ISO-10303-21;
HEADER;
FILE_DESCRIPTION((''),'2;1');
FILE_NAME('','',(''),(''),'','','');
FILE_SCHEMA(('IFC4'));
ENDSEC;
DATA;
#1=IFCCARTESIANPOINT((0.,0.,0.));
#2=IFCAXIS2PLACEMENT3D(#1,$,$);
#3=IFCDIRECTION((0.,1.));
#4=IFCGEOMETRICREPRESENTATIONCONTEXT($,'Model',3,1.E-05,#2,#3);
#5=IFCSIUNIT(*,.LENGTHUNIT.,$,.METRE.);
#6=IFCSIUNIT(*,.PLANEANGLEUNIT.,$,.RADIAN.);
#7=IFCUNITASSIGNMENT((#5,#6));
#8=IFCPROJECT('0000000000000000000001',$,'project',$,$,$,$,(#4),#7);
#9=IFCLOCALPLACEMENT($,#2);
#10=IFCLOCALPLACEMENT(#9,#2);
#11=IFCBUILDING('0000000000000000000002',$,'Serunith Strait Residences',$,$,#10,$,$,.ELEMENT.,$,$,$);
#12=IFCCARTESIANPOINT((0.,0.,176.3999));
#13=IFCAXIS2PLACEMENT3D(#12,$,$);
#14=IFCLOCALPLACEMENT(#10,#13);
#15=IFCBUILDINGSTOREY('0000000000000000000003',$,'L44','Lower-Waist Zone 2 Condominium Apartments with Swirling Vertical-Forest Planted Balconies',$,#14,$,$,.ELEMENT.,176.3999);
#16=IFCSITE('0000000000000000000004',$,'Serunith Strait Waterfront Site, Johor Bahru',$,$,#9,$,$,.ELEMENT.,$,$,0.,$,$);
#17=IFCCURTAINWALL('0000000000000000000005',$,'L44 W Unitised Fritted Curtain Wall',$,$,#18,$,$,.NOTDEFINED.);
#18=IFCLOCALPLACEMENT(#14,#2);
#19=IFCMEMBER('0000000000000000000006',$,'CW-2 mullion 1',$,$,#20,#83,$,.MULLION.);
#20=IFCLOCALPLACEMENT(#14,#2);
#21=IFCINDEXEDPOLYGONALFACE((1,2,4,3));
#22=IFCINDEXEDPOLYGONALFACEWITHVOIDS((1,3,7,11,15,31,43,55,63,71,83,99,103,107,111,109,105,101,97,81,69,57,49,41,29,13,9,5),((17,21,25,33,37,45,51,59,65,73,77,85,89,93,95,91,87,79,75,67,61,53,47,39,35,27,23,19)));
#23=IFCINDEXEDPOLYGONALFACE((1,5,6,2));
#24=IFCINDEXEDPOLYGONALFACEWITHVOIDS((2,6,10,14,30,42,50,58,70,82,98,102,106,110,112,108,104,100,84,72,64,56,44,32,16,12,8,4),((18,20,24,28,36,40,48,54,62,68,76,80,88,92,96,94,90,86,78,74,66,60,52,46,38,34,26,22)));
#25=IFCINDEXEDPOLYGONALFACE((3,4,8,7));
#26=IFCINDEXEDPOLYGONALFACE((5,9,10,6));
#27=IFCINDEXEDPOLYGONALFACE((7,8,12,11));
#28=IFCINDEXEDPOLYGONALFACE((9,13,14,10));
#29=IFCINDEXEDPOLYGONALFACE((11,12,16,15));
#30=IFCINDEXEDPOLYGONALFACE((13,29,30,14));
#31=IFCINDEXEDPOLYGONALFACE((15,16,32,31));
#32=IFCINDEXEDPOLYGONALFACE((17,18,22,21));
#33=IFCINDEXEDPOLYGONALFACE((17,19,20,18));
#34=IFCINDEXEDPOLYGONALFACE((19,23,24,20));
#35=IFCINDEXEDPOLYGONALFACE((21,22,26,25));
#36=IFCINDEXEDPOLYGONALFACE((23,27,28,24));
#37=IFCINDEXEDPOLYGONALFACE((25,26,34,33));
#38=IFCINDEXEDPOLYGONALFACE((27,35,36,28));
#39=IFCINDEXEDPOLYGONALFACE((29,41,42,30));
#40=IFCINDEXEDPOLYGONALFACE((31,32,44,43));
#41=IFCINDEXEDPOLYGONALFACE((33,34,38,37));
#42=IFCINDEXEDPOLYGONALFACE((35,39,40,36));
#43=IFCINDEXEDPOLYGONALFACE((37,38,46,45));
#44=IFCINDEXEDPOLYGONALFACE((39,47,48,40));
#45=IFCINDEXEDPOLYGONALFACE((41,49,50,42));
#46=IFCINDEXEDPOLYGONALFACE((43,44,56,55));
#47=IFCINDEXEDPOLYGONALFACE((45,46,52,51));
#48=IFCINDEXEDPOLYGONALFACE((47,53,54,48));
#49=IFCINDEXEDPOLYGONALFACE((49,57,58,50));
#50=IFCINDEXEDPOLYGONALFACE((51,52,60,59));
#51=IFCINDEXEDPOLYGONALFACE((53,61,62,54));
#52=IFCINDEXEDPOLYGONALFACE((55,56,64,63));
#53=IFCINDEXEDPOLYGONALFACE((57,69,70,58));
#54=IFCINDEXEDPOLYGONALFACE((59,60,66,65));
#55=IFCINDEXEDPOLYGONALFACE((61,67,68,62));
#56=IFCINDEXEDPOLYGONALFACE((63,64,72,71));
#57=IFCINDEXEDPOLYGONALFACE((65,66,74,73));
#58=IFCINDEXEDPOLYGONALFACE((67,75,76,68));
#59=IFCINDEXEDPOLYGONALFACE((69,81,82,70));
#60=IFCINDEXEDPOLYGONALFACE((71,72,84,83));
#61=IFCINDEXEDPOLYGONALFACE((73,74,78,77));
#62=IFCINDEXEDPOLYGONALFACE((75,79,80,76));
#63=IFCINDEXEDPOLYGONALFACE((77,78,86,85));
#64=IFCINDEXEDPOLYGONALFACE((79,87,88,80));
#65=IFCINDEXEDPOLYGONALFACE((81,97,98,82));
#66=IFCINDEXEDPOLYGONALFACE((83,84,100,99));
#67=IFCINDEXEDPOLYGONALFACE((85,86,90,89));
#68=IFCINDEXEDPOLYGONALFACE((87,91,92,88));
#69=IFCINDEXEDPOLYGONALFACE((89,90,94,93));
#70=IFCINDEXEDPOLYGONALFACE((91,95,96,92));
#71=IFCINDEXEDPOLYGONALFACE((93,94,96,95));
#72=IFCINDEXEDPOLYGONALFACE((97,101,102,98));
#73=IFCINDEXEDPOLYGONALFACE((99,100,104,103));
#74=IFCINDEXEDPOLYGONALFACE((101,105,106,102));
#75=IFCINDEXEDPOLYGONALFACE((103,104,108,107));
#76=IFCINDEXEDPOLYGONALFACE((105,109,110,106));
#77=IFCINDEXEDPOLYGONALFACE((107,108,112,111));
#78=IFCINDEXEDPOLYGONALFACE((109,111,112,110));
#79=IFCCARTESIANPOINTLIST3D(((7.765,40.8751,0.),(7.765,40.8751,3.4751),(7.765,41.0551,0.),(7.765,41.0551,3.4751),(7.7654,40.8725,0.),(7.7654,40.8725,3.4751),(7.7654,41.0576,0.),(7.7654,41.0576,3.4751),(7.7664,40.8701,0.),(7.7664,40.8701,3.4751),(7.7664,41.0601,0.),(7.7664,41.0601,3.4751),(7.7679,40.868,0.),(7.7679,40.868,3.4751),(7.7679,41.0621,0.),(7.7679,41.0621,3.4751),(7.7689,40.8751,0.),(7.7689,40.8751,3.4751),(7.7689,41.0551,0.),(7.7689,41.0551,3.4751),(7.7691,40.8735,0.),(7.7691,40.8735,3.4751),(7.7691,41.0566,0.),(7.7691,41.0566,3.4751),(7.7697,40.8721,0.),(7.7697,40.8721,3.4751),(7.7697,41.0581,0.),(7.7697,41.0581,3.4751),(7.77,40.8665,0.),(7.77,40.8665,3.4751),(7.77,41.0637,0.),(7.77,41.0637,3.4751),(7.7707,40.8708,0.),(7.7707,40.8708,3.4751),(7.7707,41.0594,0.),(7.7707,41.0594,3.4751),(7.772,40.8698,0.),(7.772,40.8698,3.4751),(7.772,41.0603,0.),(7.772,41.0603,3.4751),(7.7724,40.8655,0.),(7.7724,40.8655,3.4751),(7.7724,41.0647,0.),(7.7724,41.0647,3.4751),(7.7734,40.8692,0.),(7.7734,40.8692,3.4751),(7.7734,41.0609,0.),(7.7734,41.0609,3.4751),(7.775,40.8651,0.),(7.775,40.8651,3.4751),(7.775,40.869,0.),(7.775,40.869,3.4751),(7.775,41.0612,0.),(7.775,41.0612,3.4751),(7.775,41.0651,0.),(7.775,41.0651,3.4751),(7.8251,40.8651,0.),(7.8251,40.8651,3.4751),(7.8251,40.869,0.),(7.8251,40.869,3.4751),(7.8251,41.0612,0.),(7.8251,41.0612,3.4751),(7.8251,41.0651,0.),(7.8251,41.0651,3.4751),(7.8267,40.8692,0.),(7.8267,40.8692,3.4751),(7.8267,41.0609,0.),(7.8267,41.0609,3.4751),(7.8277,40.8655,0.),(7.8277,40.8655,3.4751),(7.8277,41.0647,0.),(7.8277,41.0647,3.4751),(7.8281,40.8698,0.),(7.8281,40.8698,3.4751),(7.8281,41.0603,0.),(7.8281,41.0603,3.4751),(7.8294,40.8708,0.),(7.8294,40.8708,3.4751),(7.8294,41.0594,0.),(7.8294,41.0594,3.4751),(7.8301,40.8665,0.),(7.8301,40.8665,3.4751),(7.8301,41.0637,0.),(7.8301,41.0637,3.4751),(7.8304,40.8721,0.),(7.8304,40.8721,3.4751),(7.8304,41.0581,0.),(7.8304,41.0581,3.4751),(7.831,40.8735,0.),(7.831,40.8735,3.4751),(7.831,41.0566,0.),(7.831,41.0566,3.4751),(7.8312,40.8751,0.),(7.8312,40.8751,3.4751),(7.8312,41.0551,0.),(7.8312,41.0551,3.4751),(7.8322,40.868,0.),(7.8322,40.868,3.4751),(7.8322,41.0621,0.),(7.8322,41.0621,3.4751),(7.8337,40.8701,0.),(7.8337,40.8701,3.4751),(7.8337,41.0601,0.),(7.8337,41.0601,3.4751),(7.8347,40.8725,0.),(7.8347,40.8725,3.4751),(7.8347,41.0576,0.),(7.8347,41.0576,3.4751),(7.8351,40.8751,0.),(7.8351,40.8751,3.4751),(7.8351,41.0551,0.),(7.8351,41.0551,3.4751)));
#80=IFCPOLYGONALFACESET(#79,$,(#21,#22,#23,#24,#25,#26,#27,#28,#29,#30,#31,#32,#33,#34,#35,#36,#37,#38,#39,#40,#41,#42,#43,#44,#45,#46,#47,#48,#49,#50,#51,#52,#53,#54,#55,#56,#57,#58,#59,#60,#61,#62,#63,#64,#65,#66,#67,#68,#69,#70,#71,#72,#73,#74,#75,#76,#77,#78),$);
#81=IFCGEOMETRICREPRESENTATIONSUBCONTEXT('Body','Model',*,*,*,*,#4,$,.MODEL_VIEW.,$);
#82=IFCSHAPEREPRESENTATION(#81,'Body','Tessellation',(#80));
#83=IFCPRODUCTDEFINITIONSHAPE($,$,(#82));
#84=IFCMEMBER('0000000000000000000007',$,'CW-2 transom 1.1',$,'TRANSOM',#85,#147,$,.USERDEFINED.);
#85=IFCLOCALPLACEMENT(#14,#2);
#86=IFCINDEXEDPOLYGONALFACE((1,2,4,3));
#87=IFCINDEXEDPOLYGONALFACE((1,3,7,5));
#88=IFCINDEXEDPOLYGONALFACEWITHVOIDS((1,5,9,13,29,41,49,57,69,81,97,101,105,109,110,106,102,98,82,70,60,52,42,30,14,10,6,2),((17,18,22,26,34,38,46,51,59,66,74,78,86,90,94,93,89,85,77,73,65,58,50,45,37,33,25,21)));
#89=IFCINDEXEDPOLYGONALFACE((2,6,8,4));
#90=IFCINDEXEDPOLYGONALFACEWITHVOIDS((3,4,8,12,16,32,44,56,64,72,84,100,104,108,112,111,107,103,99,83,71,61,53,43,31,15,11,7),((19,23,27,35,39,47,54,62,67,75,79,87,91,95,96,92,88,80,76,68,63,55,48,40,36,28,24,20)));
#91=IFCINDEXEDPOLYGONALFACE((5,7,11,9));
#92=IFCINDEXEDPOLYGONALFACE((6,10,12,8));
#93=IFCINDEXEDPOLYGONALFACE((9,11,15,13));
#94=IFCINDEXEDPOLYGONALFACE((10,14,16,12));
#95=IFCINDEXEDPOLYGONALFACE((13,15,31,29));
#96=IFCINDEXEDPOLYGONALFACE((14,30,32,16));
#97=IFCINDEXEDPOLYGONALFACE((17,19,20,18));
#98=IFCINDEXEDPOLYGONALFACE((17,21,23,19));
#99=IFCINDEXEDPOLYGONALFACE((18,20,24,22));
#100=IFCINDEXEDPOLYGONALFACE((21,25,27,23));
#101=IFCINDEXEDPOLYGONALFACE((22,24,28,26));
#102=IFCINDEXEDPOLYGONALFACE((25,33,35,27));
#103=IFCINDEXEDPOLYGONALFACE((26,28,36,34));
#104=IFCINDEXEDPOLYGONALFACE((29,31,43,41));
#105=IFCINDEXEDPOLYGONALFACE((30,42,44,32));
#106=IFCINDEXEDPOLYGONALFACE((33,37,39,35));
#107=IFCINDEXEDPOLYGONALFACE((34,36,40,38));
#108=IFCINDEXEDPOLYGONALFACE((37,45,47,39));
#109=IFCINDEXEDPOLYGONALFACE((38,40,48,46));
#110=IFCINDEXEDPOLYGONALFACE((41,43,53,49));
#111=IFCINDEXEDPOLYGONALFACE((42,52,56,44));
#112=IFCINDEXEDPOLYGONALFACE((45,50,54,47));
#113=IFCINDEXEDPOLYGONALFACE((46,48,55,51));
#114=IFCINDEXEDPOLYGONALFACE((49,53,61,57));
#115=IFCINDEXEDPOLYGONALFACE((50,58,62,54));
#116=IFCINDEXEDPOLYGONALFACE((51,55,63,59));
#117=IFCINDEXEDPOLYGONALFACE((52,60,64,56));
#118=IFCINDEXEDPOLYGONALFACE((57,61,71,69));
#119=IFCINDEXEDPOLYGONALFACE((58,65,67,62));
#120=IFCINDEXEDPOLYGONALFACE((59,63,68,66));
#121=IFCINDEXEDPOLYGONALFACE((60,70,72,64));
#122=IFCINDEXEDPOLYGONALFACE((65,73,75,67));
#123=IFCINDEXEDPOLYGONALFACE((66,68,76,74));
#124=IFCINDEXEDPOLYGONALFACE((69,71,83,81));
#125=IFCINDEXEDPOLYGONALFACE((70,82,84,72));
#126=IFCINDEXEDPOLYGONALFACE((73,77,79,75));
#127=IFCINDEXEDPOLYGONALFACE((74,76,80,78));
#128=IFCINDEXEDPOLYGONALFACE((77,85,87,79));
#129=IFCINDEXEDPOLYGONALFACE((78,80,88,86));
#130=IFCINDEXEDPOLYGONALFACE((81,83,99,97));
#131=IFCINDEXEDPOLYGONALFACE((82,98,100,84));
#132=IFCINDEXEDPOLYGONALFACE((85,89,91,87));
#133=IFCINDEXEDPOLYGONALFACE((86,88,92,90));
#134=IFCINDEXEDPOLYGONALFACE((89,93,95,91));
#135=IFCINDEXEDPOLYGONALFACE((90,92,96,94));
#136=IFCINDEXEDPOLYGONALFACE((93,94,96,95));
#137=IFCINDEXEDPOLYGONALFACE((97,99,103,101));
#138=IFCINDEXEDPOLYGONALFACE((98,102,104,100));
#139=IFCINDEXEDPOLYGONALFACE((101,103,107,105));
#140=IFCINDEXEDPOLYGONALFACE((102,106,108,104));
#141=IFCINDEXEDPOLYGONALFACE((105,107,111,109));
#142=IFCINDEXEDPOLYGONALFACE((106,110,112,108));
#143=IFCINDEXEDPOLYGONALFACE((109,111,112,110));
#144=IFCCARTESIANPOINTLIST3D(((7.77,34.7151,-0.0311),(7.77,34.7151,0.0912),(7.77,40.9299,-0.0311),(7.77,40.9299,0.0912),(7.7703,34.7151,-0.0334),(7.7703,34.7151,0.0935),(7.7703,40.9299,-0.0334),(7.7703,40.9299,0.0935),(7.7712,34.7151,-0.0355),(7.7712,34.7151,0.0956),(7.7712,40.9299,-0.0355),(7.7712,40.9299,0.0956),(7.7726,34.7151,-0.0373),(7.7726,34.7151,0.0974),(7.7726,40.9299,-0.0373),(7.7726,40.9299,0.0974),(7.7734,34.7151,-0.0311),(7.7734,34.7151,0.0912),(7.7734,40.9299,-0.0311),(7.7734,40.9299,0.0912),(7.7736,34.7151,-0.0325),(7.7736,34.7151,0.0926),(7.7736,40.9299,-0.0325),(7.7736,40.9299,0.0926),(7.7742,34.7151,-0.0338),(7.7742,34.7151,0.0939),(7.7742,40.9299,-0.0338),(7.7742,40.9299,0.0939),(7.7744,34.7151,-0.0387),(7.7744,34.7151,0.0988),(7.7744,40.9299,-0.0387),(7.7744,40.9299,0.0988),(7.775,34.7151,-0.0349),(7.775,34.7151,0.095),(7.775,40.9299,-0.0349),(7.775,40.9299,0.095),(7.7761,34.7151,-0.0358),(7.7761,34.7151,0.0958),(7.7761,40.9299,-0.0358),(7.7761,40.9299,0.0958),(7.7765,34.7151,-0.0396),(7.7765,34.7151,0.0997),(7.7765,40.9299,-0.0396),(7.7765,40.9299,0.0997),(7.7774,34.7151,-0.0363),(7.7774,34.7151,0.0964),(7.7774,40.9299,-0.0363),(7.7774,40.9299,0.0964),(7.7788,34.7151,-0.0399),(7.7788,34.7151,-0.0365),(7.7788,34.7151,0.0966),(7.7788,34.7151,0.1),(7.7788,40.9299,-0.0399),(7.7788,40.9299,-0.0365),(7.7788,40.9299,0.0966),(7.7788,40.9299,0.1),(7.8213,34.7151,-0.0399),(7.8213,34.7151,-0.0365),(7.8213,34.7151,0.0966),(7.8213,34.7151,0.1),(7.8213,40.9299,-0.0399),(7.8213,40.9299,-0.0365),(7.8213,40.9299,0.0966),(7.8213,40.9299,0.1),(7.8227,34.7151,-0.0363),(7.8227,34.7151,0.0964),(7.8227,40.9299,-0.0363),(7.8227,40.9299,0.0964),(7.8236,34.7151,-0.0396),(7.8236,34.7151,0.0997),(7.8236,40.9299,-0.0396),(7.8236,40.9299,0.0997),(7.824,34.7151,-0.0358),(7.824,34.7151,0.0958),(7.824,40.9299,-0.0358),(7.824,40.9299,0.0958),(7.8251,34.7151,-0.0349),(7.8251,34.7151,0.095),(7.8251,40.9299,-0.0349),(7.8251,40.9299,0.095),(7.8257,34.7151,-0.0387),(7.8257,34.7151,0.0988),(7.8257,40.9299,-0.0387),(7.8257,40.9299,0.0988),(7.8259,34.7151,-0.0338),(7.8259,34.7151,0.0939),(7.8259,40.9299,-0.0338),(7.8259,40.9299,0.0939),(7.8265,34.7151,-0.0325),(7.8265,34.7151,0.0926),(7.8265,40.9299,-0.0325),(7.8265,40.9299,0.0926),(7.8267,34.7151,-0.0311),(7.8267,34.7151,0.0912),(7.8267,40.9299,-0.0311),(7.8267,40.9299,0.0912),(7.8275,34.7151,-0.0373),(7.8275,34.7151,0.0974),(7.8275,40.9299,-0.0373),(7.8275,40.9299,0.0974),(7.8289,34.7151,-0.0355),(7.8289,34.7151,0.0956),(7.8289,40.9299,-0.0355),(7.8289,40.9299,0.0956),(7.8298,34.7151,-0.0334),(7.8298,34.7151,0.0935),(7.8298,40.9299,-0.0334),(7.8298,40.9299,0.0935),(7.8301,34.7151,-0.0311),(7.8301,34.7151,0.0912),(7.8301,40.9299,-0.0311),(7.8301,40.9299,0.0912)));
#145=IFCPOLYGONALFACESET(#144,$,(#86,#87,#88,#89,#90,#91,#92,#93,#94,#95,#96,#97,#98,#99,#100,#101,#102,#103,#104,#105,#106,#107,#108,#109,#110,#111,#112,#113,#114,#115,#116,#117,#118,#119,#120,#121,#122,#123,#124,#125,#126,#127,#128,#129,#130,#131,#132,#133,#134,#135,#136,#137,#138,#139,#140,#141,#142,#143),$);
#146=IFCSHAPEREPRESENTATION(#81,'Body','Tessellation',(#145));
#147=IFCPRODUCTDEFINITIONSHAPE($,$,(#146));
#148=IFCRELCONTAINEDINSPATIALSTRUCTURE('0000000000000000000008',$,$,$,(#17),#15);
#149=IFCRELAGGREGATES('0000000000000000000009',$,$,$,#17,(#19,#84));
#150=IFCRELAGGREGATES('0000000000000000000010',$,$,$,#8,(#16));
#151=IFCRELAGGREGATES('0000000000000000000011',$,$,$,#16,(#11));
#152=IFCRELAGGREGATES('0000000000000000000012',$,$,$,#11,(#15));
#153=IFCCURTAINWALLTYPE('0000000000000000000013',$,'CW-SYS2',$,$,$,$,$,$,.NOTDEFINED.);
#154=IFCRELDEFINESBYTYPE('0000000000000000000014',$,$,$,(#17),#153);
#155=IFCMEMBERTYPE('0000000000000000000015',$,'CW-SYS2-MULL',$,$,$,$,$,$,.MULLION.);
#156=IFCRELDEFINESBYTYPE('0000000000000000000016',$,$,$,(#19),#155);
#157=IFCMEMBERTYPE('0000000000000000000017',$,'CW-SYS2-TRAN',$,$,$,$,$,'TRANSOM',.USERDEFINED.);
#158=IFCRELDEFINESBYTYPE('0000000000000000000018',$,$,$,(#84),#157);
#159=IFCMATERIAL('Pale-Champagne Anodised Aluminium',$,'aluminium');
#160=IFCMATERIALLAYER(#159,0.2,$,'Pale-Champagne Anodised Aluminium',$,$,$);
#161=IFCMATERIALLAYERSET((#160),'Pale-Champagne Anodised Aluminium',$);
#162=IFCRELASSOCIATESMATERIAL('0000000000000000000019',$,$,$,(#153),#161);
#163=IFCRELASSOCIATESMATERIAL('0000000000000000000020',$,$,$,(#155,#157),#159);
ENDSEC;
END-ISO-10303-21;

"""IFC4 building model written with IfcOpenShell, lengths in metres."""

from ifc_helpers import new_model, si_unit, direction, frame, origin, origin_2d, place, context, subcontext, project, spatial, hollow_rectangle, extrude, source, transform, mapped, material, layer, layer_set, material_profile, profile_set, type_object, element, aggregate, save


model = new_model("IFC4")

# Units and contexts
model_context = context("Model", 3, precision=1e-05, world=origin(), true_north=direction((0.0, 1.0)))
body_context = subcontext(model_context, "Body", "Model", "MODEL_VIEW")
ifc_project = project(units=[si_unit("LENGTHUNIT", "METRE"), si_unit("PLANEANGLEUNIT", "RADIAN")], contexts=[model_context])

# Site, building, storey
site_placement = place(None, origin())
site = spatial("IfcSite", under=ifc_project, at=site_placement, Name="Serunith Strait Waterfront Site, Johor Bahru", CompositionType="ELEMENT", RefElevation=0.0)
building_placement = place(site_placement, origin())
building = spatial("IfcBuilding", under=site, at=building_placement, Name="Serunith Strait Residences", CompositionType="ELEMENT")
storey_placement = place(building_placement, frame((0.0, 0.0, 176.3999)))
storey = spatial("IfcBuildingStorey", under=building, at=storey_placement, Name="L44", Description="Lower-Waist Zone 2 Condominium Apartments with Swirling Vertical-Forest Planted Balconies", CompositionType="ELEMENT", Elevation=176.3999)

# Shared definitions
ifc_material_1 = material(Name="Pale-Champagne Anodised Aluminium", Category="aluminium")
ifc_layer_1 = layer(ifc_material_1, 0.2, Name="Pale-Champagne Anodised Aluminium")
ifc_layer_set_1 = layer_set([ifc_layer_1], Name="Pale-Champagne Anodised Aluminium")
curtain_wall_type = type_object("IfcCurtainWallType", Name="CW-SYS2", PredefinedType="NOTDEFINED", material=ifc_layer_set_1)
ifc_material_profile_1 = material_profile(ifc_material_1, hollow_rectangle(XDim=0.0701, YDim=0.2, WallThickness=0.0039, InnerFilletRadius=0.0061, OuterFilletRadius=0.01, at=origin_2d()), Name="ALU 200x70x4")
ifc_profile_set_1 = profile_set([ifc_material_profile_1], Name="Pale-Champagne Anodised Aluminium")
member_type_1 = type_object("IfcMemberType", Name="CW-SYS2-MULL", PredefinedType="MULLION", material=ifc_profile_set_1)
shared_shape_1 = source(origin(), body_context, "Body", "SweptSolid", [
    extrude(hollow_rectangle(XDim=0.0701, YDim=0.2, WallThickness=0.0039, InnerFilletRadius=0.0061, OuterFilletRadius=0.01, at=origin_2d()), origin(), (0.0, 0.0, 1.0), 3.4751),
])

# Curtain wall, members
curtain_wall_1_placement = place(storey_placement, origin())
curtain_wall_1 = element("IfcCurtainWall", 1, at=curtain_wall_1_placement, inside=storey, type_object=curtain_wall_type, Name="L44 W Unitised Fritted Curtain Wall", PredefinedType="NOTDEFINED")
member_1_placement = place(storey_placement, frame((7.8, 40.9651, 0.0), z_axis=(0.0, 0.0, 1.0), x_axis=(1.0, 0.0, 0.0)))
member_1 = element("IfcMember", 2, at=member_1_placement, type_object=member_type_1, Name="CW-2 mullion 1", PredefinedType="MULLION", context=body_context, shape_type="MappedRepresentation", body=[
    mapped(shared_shape_1, transform((0.0, 0.0, 0.0), scale=1.0)),
])
ifc_material_profile_2 = material_profile(ifc_material_1, hollow_rectangle(XDim=0.0601, YDim=0.1399, WallThickness=0.0034, InnerFilletRadius=0.0054, OuterFilletRadius=0.0088, at=origin_2d()), Name="ALU 140x60x3.5")
ifc_profile_set_2 = profile_set([ifc_material_profile_2], Name="Pale-Champagne Anodised Aluminium")
member_type_2 = type_object("IfcMemberType", Name="CW-SYS2-TRAN", ElementType="TRANSOM", PredefinedType="USERDEFINED", material=ifc_profile_set_2)
shared_shape_2 = source(origin(), body_context, "Body", "SweptSolid", [
    extrude(hollow_rectangle(XDim=0.0601, YDim=0.1399, WallThickness=0.0034, InnerFilletRadius=0.0054, OuterFilletRadius=0.0088, at=origin_2d()), origin(), (0.0, 0.0, 1.0), 6.2148),
])
member_2_placement = place(storey_placement, frame((7.8, 40.9299, 0.03), z_axis=(0.0, -1.0, 0.0), x_axis=(1.0, 0.0, 0.0)))
member_2 = element("IfcMember", 3, at=member_2_placement, type_object=member_type_2, Name="CW-2 transom 1.1", ObjectType="TRANSOM", PredefinedType="USERDEFINED", context=body_context, shape_type="MappedRepresentation", body=[
    mapped(shared_shape_2, transform((0.0, 0.0, 0.0), scale=1.0)),
])
aggregate(curtain_wall_1, [member_1, member_2])

save(model, "model.ifc")
